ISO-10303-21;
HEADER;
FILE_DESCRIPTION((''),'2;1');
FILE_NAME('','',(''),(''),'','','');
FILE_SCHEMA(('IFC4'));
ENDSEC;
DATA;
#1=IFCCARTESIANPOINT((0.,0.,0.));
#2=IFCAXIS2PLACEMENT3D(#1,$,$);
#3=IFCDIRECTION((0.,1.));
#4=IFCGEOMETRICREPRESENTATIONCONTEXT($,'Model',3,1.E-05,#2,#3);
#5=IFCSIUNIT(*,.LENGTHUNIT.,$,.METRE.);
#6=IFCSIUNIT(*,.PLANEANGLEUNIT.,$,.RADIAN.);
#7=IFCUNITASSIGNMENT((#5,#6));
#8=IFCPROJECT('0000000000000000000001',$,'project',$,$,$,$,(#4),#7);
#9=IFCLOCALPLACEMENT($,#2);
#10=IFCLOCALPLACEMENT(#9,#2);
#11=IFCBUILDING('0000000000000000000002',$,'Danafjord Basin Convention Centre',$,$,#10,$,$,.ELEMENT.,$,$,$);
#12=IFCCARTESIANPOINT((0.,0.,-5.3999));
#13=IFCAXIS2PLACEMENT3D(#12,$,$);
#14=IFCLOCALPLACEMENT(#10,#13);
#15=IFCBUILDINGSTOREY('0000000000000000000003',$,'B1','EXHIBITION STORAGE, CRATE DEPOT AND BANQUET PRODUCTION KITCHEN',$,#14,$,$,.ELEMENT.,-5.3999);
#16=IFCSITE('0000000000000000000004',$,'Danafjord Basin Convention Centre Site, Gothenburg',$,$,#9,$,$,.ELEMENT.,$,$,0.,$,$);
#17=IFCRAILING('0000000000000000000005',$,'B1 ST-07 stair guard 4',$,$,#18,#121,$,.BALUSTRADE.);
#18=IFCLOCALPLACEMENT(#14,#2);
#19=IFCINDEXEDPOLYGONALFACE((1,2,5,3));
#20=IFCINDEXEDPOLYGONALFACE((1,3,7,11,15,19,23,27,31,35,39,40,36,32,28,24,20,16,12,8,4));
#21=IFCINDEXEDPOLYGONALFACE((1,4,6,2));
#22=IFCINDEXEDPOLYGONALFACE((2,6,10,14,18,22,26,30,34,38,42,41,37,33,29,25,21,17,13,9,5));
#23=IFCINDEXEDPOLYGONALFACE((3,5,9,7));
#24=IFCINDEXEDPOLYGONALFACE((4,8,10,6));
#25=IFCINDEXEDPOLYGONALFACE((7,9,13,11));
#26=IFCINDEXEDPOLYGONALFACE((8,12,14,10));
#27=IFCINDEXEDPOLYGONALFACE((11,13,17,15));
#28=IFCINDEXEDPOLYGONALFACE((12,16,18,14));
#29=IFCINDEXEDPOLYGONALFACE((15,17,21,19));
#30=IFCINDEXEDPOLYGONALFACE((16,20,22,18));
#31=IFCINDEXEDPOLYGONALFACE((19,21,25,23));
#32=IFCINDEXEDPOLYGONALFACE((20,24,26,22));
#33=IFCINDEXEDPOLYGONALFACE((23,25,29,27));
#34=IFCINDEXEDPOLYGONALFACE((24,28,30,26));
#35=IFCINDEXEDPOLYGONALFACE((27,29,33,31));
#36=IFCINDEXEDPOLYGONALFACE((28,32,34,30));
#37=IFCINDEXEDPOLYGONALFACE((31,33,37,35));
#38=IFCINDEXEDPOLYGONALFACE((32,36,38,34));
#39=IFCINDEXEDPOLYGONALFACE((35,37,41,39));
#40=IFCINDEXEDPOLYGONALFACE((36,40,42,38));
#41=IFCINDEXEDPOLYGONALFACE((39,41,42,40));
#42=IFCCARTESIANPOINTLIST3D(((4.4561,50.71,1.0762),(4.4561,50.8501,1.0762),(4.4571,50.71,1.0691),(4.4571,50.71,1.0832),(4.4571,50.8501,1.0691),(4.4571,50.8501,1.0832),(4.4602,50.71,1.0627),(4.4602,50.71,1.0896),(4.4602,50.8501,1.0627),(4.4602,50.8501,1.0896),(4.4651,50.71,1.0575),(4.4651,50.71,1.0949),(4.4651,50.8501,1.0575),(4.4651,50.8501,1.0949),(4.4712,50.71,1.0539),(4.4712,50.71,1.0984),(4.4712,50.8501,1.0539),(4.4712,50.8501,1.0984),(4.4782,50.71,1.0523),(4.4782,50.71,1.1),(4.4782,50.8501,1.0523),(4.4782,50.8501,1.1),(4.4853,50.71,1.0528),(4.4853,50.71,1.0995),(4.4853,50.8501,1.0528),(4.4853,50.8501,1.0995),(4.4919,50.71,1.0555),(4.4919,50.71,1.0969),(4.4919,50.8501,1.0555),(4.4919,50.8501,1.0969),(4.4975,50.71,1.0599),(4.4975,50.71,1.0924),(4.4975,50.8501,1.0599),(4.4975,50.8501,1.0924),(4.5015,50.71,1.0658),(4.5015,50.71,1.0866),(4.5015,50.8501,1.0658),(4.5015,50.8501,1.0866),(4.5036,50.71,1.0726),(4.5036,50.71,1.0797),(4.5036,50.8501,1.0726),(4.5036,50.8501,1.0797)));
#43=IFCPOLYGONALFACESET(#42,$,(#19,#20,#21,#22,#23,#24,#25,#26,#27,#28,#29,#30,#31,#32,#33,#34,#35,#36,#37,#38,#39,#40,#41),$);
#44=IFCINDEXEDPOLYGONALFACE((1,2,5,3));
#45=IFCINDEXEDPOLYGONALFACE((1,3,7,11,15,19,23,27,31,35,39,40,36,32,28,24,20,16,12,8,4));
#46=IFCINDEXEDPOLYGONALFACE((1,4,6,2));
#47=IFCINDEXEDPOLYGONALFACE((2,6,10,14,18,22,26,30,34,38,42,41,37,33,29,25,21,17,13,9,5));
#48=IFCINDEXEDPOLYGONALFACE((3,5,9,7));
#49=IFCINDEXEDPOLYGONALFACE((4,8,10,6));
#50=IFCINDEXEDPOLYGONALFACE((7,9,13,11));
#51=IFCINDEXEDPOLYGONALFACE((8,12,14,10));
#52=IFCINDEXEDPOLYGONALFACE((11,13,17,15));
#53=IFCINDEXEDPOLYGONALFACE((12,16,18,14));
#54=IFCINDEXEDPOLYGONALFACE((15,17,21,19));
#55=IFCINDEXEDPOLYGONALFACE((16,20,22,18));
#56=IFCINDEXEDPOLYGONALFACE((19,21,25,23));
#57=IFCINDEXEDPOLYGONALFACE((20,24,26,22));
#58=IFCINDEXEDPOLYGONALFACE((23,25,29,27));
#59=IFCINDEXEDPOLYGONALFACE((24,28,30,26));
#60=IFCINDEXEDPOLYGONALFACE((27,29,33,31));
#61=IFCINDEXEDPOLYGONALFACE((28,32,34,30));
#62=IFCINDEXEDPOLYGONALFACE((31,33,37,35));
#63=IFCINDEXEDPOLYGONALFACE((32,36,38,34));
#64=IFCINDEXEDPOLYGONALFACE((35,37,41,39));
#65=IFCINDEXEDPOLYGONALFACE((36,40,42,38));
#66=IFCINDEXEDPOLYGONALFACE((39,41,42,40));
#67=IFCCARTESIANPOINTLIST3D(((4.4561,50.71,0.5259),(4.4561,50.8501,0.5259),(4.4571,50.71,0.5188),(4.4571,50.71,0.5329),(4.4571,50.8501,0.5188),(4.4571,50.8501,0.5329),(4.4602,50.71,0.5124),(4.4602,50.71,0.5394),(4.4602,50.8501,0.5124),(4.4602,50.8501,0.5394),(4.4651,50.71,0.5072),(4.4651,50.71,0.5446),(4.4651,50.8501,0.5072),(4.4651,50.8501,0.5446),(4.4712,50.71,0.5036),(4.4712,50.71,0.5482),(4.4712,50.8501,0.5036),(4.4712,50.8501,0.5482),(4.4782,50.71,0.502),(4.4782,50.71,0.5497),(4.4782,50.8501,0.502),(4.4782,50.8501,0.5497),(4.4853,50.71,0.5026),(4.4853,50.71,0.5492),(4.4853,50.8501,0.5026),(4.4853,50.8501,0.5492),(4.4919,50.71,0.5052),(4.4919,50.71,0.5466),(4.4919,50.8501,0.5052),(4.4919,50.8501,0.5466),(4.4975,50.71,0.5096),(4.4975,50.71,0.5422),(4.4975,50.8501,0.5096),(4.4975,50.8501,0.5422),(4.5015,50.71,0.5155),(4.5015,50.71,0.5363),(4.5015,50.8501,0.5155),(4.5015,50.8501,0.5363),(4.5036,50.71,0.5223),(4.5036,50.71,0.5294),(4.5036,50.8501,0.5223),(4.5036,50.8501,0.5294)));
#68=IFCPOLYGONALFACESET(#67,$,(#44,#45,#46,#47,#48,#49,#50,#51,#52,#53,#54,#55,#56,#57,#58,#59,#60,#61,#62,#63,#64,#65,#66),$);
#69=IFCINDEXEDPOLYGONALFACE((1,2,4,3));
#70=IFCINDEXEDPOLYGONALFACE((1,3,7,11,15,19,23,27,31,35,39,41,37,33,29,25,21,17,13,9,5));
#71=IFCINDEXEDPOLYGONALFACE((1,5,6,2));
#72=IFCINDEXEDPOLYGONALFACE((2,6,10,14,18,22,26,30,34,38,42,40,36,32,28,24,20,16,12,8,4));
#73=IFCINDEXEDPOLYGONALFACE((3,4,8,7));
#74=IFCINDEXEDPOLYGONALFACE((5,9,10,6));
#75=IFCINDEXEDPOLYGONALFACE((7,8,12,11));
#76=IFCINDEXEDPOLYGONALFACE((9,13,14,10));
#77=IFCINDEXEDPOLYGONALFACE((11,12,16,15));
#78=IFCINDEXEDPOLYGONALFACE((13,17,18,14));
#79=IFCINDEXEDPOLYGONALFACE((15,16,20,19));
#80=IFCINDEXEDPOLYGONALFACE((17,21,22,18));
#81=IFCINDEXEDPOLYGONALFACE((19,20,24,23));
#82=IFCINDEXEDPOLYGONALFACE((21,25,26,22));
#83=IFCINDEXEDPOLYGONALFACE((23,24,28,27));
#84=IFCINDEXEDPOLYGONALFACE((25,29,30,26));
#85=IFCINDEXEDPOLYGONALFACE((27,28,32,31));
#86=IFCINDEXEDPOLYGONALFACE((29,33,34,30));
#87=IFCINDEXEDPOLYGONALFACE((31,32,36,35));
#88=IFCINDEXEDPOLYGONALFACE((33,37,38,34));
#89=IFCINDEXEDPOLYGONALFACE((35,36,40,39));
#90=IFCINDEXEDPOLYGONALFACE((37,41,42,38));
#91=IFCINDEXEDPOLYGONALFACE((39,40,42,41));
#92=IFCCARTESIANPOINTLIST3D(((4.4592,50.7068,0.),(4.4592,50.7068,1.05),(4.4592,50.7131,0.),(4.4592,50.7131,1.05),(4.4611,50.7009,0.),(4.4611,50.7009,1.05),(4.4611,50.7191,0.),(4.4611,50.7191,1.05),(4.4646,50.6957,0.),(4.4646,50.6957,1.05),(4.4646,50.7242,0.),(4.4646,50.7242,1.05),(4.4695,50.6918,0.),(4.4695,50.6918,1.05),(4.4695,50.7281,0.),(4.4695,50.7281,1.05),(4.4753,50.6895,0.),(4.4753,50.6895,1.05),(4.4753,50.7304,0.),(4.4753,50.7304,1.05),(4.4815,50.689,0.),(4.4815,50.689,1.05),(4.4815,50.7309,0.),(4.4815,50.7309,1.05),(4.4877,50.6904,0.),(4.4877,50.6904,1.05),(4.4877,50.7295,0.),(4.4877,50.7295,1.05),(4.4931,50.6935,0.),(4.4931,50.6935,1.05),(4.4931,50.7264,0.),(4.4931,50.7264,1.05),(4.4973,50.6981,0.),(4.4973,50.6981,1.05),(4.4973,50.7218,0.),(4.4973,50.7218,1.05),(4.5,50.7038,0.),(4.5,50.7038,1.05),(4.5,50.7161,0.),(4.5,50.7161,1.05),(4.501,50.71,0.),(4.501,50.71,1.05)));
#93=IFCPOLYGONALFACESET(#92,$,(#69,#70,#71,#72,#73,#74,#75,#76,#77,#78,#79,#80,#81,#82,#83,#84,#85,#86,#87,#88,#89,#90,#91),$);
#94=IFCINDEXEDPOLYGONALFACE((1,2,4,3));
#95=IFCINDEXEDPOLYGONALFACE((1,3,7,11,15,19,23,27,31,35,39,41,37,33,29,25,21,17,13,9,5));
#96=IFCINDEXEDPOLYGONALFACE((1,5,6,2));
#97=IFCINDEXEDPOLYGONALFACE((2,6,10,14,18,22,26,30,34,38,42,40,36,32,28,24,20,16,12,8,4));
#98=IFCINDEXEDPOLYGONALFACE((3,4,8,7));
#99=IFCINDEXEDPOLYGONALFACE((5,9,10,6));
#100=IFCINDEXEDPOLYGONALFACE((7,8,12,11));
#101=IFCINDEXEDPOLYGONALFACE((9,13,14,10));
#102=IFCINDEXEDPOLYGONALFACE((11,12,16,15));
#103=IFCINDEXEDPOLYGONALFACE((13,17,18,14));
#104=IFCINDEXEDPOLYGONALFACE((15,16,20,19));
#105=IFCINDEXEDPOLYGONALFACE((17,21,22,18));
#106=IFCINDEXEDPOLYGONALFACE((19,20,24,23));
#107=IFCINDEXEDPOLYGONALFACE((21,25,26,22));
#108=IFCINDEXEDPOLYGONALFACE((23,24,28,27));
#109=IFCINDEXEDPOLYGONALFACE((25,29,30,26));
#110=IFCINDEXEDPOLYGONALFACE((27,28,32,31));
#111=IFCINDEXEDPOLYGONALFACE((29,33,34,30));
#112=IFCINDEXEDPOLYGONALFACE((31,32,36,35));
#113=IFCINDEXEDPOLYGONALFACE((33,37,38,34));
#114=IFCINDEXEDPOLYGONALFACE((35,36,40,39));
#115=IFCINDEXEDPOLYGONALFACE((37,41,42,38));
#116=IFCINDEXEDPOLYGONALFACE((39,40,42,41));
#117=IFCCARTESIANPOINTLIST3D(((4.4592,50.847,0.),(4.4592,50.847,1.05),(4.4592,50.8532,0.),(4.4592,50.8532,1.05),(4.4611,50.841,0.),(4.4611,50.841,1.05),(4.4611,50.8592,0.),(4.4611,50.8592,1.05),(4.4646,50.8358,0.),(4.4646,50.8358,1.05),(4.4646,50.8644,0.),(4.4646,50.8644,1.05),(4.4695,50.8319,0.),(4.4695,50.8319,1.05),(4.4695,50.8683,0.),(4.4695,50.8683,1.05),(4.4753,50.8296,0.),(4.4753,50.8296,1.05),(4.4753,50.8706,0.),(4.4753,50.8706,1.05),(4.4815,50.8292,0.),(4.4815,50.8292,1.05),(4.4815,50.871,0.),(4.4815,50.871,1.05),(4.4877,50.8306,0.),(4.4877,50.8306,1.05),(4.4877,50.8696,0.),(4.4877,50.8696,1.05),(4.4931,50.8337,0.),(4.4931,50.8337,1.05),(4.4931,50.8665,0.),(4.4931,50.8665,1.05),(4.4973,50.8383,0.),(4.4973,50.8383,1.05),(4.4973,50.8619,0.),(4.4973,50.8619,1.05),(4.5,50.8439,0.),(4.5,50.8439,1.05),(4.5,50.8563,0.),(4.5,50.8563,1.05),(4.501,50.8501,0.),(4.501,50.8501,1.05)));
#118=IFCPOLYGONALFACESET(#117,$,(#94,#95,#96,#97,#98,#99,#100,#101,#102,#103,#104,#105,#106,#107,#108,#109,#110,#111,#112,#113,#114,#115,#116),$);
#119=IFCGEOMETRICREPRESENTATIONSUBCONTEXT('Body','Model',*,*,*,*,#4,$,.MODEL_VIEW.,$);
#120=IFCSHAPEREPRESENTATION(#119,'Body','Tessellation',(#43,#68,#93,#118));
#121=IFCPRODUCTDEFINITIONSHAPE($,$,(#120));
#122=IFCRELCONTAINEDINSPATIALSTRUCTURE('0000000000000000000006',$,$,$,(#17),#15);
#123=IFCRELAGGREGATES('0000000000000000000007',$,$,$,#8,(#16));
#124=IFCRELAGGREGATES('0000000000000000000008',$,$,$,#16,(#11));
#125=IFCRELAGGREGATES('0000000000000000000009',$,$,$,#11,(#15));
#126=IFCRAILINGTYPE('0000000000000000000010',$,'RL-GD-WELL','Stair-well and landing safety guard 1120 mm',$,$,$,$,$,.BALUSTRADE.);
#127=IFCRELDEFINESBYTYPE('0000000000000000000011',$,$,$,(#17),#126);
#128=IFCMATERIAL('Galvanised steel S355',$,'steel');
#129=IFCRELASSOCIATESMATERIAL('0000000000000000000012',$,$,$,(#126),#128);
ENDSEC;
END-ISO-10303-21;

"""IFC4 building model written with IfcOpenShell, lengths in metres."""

from ifc_helpers import new_model, si_unit, direction, frame, origin, origin_2d, place, context, subcontext, project, spatial, circle, extrude, material, type_object, element, save


model = new_model("IFC4")

# Units and contexts
model_context = context("Model", 3, precision=1e-05, world=origin(), true_north=direction((0.0, 1.0)))
body_context = subcontext(model_context, "Body", "Model", "MODEL_VIEW")
ifc_project = project(units=[si_unit("LENGTHUNIT", "METRE"), si_unit("PLANEANGLEUNIT", "RADIAN")], contexts=[model_context])

# Site, building, storey
site_placement = place(None, origin())
site = spatial("IfcSite", under=ifc_project, at=site_placement, Name="Danafjord Basin Convention Centre Site, Gothenburg", CompositionType="ELEMENT", RefElevation=0.0)
building_placement = place(site_placement, origin())
building = spatial("IfcBuilding", under=site, at=building_placement, Name="Danafjord Basin Convention Centre", CompositionType="ELEMENT")
storey_placement = place(building_placement, frame((0.0, 0.0, -5.3999)))
storey = spatial("IfcBuildingStorey", under=building, at=storey_placement, Name="B1", Description="EXHIBITION STORAGE, CRATE DEPOT AND BANQUET PRODUCTION KITCHEN", CompositionType="ELEMENT", Elevation=-5.3999)

# Railing
ifc_material_1 = material(Name="Galvanised steel S355", Category="steel")
railing_type_1 = type_object("IfcRailingType", Name="RL-GD-WELL", Description="Stair-well and landing safety guard 1120 mm", PredefinedType="BALUSTRADE", material=ifc_material_1)
railing_1_placement = place(storey_placement, frame((4.48, 50.71, 0.0)))
element("IfcRailing", 1, at=railing_1_placement, inside=storey, type_object=railing_type_1, Name="B1 ST-07 stair guard 4", PredefinedType="BALUSTRADE", context=body_context, shape_type="SweptSolid", body=[
    extrude(circle(Radius=0.0239, at=origin_2d()), frame((0.0, 0.0, 1.0762), z_axis=(0.0, 1.0, 0.0), x_axis=(-1.0, 0.0, 0.0)), (0.0, 0.0, 1.0), 0.1401),
    extrude(circle(Radius=0.0239, at=origin_2d()), frame((0.0, 0.0, 0.5259), z_axis=(0.0, 1.0, 0.0), x_axis=(-1.0, 0.0, 0.0)), (0.0, 0.0, 1.0), 0.1401),
    extrude(circle(Radius=0.021, at=origin_2d()), origin(), (0.0, 0.0, 1.0), 1.05),
    extrude(circle(Radius=0.021, at=origin_2d()), frame((0.0, 0.1401, 0.0)), (0.0, 0.0, 1.0), 1.05),
])

save(model, "model.ifc")
